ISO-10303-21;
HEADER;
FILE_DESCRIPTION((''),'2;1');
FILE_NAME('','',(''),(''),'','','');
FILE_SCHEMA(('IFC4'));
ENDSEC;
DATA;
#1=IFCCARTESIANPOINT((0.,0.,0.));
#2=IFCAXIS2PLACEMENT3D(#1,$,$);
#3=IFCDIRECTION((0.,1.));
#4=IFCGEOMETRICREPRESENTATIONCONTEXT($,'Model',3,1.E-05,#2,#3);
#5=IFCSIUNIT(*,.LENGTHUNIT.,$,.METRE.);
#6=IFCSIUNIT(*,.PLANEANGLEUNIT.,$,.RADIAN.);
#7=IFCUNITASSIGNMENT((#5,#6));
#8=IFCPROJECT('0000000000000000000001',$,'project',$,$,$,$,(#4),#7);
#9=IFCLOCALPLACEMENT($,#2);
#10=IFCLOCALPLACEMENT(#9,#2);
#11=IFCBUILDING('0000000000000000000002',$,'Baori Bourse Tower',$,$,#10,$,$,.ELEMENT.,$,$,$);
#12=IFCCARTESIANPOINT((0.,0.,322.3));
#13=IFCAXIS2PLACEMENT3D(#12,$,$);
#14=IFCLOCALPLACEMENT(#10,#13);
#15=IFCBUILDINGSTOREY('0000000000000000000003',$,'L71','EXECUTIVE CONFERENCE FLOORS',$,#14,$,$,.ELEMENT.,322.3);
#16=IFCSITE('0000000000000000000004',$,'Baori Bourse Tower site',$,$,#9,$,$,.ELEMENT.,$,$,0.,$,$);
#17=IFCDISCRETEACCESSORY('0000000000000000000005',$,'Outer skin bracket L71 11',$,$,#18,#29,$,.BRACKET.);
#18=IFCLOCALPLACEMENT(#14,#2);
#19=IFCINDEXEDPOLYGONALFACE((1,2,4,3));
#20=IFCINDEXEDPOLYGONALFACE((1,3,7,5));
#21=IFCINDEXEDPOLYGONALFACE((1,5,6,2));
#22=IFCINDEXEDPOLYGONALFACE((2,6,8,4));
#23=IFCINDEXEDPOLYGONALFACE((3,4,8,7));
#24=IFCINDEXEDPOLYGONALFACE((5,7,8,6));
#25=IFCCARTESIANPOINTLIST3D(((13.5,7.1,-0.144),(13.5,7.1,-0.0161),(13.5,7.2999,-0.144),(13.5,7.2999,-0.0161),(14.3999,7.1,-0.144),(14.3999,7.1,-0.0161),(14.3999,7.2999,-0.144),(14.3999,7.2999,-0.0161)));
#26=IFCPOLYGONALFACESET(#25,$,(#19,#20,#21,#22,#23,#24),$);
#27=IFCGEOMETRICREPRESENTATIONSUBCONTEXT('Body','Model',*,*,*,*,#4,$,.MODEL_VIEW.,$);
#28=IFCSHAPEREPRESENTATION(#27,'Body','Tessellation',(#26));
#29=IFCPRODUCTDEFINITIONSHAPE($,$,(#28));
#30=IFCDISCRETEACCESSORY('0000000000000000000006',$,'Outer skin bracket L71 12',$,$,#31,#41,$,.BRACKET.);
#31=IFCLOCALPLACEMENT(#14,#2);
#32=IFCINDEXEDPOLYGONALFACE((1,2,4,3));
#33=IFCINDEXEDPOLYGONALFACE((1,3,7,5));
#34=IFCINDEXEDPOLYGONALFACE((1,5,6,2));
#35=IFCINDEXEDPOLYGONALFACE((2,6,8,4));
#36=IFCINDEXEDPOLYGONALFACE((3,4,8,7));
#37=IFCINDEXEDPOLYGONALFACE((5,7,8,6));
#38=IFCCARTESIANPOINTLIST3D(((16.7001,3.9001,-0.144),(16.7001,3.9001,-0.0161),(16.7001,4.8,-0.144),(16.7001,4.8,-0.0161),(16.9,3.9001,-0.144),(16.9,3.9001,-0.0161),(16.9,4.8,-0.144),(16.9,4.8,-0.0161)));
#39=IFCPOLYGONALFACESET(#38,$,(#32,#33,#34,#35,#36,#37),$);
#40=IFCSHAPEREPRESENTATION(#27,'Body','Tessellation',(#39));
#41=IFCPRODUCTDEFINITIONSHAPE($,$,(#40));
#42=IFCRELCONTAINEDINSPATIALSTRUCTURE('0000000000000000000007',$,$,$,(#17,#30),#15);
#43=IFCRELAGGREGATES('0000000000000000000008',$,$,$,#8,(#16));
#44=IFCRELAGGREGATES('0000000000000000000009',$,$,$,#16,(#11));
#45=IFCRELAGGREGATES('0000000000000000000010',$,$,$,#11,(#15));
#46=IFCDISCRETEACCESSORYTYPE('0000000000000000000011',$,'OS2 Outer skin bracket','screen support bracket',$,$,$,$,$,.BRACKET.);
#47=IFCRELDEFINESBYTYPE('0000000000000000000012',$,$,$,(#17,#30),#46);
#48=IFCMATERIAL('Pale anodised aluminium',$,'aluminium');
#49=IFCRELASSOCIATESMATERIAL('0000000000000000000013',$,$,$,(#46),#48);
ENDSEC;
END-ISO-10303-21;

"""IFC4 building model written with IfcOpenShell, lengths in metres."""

from ifc_helpers import new_model, si_unit, direction, frame, origin, origin_2d, place, context, subcontext, project, spatial, rectangle, extrude, material, type_object, element, save


model = new_model("IFC4")

# Units and contexts
model_context = context("Model", 3, precision=1e-05, world=origin(), true_north=direction((0.0, 1.0)))
body_context = subcontext(model_context, "Body", "Model", "MODEL_VIEW")
ifc_project = project(units=[si_unit("LENGTHUNIT", "METRE"), si_unit("PLANEANGLEUNIT", "RADIAN")], contexts=[model_context])

# Site, building, storey
site_placement = place(None, origin())
site = spatial("IfcSite", under=ifc_project, at=site_placement, Name="Baori Bourse Tower site", CompositionType="ELEMENT", RefElevation=0.0)
building_placement = place(site_placement, origin())
building = spatial("IfcBuilding", under=site, at=building_placement, Name="Baori Bourse Tower", CompositionType="ELEMENT")
storey_placement = place(building_placement, frame((0.0, 0.0, 322.3)))
storey = spatial("IfcBuildingStorey", under=building, at=storey_placement, Name="L71", Description="EXECUTIVE CONFERENCE FLOORS", CompositionType="ELEMENT", Elevation=322.3)

# Discrete accessories
ifc_material_1 = material(Name="Pale anodised aluminium", Category="aluminium")
discrete_accessory_type = type_object("IfcDiscreteAccessoryType", Name="OS2 Outer skin bracket", Description="screen support bracket", PredefinedType="BRACKET", material=ifc_material_1)
for number, where, z_axis, x_axis, name in (
    (1, (13.95, 7.2, -0.144), (0.0, 0.0, 1.0), (0.0, -1.0, 0.0), "Outer skin bracket L71 11"),
    (2, (16.8, 4.3501, -0.144), (0.0, 0.0, 1.0), (1.0, 0.0, 0.0), "Outer skin bracket L71 12"),
):
    element("IfcDiscreteAccessory", number, at=place(storey_placement, frame(where, z_axis=z_axis, x_axis=x_axis)), inside=storey, type_object=discrete_accessory_type, Name=name, PredefinedType="BRACKET", context=body_context, shape_type="SweptSolid", body=[
        extrude(rectangle(XDim=0.2, YDim=0.8999, at=origin_2d()), origin(), (0.0, 0.0, 1.0), 0.1279),
    ])

save(model, "model.ifc")
